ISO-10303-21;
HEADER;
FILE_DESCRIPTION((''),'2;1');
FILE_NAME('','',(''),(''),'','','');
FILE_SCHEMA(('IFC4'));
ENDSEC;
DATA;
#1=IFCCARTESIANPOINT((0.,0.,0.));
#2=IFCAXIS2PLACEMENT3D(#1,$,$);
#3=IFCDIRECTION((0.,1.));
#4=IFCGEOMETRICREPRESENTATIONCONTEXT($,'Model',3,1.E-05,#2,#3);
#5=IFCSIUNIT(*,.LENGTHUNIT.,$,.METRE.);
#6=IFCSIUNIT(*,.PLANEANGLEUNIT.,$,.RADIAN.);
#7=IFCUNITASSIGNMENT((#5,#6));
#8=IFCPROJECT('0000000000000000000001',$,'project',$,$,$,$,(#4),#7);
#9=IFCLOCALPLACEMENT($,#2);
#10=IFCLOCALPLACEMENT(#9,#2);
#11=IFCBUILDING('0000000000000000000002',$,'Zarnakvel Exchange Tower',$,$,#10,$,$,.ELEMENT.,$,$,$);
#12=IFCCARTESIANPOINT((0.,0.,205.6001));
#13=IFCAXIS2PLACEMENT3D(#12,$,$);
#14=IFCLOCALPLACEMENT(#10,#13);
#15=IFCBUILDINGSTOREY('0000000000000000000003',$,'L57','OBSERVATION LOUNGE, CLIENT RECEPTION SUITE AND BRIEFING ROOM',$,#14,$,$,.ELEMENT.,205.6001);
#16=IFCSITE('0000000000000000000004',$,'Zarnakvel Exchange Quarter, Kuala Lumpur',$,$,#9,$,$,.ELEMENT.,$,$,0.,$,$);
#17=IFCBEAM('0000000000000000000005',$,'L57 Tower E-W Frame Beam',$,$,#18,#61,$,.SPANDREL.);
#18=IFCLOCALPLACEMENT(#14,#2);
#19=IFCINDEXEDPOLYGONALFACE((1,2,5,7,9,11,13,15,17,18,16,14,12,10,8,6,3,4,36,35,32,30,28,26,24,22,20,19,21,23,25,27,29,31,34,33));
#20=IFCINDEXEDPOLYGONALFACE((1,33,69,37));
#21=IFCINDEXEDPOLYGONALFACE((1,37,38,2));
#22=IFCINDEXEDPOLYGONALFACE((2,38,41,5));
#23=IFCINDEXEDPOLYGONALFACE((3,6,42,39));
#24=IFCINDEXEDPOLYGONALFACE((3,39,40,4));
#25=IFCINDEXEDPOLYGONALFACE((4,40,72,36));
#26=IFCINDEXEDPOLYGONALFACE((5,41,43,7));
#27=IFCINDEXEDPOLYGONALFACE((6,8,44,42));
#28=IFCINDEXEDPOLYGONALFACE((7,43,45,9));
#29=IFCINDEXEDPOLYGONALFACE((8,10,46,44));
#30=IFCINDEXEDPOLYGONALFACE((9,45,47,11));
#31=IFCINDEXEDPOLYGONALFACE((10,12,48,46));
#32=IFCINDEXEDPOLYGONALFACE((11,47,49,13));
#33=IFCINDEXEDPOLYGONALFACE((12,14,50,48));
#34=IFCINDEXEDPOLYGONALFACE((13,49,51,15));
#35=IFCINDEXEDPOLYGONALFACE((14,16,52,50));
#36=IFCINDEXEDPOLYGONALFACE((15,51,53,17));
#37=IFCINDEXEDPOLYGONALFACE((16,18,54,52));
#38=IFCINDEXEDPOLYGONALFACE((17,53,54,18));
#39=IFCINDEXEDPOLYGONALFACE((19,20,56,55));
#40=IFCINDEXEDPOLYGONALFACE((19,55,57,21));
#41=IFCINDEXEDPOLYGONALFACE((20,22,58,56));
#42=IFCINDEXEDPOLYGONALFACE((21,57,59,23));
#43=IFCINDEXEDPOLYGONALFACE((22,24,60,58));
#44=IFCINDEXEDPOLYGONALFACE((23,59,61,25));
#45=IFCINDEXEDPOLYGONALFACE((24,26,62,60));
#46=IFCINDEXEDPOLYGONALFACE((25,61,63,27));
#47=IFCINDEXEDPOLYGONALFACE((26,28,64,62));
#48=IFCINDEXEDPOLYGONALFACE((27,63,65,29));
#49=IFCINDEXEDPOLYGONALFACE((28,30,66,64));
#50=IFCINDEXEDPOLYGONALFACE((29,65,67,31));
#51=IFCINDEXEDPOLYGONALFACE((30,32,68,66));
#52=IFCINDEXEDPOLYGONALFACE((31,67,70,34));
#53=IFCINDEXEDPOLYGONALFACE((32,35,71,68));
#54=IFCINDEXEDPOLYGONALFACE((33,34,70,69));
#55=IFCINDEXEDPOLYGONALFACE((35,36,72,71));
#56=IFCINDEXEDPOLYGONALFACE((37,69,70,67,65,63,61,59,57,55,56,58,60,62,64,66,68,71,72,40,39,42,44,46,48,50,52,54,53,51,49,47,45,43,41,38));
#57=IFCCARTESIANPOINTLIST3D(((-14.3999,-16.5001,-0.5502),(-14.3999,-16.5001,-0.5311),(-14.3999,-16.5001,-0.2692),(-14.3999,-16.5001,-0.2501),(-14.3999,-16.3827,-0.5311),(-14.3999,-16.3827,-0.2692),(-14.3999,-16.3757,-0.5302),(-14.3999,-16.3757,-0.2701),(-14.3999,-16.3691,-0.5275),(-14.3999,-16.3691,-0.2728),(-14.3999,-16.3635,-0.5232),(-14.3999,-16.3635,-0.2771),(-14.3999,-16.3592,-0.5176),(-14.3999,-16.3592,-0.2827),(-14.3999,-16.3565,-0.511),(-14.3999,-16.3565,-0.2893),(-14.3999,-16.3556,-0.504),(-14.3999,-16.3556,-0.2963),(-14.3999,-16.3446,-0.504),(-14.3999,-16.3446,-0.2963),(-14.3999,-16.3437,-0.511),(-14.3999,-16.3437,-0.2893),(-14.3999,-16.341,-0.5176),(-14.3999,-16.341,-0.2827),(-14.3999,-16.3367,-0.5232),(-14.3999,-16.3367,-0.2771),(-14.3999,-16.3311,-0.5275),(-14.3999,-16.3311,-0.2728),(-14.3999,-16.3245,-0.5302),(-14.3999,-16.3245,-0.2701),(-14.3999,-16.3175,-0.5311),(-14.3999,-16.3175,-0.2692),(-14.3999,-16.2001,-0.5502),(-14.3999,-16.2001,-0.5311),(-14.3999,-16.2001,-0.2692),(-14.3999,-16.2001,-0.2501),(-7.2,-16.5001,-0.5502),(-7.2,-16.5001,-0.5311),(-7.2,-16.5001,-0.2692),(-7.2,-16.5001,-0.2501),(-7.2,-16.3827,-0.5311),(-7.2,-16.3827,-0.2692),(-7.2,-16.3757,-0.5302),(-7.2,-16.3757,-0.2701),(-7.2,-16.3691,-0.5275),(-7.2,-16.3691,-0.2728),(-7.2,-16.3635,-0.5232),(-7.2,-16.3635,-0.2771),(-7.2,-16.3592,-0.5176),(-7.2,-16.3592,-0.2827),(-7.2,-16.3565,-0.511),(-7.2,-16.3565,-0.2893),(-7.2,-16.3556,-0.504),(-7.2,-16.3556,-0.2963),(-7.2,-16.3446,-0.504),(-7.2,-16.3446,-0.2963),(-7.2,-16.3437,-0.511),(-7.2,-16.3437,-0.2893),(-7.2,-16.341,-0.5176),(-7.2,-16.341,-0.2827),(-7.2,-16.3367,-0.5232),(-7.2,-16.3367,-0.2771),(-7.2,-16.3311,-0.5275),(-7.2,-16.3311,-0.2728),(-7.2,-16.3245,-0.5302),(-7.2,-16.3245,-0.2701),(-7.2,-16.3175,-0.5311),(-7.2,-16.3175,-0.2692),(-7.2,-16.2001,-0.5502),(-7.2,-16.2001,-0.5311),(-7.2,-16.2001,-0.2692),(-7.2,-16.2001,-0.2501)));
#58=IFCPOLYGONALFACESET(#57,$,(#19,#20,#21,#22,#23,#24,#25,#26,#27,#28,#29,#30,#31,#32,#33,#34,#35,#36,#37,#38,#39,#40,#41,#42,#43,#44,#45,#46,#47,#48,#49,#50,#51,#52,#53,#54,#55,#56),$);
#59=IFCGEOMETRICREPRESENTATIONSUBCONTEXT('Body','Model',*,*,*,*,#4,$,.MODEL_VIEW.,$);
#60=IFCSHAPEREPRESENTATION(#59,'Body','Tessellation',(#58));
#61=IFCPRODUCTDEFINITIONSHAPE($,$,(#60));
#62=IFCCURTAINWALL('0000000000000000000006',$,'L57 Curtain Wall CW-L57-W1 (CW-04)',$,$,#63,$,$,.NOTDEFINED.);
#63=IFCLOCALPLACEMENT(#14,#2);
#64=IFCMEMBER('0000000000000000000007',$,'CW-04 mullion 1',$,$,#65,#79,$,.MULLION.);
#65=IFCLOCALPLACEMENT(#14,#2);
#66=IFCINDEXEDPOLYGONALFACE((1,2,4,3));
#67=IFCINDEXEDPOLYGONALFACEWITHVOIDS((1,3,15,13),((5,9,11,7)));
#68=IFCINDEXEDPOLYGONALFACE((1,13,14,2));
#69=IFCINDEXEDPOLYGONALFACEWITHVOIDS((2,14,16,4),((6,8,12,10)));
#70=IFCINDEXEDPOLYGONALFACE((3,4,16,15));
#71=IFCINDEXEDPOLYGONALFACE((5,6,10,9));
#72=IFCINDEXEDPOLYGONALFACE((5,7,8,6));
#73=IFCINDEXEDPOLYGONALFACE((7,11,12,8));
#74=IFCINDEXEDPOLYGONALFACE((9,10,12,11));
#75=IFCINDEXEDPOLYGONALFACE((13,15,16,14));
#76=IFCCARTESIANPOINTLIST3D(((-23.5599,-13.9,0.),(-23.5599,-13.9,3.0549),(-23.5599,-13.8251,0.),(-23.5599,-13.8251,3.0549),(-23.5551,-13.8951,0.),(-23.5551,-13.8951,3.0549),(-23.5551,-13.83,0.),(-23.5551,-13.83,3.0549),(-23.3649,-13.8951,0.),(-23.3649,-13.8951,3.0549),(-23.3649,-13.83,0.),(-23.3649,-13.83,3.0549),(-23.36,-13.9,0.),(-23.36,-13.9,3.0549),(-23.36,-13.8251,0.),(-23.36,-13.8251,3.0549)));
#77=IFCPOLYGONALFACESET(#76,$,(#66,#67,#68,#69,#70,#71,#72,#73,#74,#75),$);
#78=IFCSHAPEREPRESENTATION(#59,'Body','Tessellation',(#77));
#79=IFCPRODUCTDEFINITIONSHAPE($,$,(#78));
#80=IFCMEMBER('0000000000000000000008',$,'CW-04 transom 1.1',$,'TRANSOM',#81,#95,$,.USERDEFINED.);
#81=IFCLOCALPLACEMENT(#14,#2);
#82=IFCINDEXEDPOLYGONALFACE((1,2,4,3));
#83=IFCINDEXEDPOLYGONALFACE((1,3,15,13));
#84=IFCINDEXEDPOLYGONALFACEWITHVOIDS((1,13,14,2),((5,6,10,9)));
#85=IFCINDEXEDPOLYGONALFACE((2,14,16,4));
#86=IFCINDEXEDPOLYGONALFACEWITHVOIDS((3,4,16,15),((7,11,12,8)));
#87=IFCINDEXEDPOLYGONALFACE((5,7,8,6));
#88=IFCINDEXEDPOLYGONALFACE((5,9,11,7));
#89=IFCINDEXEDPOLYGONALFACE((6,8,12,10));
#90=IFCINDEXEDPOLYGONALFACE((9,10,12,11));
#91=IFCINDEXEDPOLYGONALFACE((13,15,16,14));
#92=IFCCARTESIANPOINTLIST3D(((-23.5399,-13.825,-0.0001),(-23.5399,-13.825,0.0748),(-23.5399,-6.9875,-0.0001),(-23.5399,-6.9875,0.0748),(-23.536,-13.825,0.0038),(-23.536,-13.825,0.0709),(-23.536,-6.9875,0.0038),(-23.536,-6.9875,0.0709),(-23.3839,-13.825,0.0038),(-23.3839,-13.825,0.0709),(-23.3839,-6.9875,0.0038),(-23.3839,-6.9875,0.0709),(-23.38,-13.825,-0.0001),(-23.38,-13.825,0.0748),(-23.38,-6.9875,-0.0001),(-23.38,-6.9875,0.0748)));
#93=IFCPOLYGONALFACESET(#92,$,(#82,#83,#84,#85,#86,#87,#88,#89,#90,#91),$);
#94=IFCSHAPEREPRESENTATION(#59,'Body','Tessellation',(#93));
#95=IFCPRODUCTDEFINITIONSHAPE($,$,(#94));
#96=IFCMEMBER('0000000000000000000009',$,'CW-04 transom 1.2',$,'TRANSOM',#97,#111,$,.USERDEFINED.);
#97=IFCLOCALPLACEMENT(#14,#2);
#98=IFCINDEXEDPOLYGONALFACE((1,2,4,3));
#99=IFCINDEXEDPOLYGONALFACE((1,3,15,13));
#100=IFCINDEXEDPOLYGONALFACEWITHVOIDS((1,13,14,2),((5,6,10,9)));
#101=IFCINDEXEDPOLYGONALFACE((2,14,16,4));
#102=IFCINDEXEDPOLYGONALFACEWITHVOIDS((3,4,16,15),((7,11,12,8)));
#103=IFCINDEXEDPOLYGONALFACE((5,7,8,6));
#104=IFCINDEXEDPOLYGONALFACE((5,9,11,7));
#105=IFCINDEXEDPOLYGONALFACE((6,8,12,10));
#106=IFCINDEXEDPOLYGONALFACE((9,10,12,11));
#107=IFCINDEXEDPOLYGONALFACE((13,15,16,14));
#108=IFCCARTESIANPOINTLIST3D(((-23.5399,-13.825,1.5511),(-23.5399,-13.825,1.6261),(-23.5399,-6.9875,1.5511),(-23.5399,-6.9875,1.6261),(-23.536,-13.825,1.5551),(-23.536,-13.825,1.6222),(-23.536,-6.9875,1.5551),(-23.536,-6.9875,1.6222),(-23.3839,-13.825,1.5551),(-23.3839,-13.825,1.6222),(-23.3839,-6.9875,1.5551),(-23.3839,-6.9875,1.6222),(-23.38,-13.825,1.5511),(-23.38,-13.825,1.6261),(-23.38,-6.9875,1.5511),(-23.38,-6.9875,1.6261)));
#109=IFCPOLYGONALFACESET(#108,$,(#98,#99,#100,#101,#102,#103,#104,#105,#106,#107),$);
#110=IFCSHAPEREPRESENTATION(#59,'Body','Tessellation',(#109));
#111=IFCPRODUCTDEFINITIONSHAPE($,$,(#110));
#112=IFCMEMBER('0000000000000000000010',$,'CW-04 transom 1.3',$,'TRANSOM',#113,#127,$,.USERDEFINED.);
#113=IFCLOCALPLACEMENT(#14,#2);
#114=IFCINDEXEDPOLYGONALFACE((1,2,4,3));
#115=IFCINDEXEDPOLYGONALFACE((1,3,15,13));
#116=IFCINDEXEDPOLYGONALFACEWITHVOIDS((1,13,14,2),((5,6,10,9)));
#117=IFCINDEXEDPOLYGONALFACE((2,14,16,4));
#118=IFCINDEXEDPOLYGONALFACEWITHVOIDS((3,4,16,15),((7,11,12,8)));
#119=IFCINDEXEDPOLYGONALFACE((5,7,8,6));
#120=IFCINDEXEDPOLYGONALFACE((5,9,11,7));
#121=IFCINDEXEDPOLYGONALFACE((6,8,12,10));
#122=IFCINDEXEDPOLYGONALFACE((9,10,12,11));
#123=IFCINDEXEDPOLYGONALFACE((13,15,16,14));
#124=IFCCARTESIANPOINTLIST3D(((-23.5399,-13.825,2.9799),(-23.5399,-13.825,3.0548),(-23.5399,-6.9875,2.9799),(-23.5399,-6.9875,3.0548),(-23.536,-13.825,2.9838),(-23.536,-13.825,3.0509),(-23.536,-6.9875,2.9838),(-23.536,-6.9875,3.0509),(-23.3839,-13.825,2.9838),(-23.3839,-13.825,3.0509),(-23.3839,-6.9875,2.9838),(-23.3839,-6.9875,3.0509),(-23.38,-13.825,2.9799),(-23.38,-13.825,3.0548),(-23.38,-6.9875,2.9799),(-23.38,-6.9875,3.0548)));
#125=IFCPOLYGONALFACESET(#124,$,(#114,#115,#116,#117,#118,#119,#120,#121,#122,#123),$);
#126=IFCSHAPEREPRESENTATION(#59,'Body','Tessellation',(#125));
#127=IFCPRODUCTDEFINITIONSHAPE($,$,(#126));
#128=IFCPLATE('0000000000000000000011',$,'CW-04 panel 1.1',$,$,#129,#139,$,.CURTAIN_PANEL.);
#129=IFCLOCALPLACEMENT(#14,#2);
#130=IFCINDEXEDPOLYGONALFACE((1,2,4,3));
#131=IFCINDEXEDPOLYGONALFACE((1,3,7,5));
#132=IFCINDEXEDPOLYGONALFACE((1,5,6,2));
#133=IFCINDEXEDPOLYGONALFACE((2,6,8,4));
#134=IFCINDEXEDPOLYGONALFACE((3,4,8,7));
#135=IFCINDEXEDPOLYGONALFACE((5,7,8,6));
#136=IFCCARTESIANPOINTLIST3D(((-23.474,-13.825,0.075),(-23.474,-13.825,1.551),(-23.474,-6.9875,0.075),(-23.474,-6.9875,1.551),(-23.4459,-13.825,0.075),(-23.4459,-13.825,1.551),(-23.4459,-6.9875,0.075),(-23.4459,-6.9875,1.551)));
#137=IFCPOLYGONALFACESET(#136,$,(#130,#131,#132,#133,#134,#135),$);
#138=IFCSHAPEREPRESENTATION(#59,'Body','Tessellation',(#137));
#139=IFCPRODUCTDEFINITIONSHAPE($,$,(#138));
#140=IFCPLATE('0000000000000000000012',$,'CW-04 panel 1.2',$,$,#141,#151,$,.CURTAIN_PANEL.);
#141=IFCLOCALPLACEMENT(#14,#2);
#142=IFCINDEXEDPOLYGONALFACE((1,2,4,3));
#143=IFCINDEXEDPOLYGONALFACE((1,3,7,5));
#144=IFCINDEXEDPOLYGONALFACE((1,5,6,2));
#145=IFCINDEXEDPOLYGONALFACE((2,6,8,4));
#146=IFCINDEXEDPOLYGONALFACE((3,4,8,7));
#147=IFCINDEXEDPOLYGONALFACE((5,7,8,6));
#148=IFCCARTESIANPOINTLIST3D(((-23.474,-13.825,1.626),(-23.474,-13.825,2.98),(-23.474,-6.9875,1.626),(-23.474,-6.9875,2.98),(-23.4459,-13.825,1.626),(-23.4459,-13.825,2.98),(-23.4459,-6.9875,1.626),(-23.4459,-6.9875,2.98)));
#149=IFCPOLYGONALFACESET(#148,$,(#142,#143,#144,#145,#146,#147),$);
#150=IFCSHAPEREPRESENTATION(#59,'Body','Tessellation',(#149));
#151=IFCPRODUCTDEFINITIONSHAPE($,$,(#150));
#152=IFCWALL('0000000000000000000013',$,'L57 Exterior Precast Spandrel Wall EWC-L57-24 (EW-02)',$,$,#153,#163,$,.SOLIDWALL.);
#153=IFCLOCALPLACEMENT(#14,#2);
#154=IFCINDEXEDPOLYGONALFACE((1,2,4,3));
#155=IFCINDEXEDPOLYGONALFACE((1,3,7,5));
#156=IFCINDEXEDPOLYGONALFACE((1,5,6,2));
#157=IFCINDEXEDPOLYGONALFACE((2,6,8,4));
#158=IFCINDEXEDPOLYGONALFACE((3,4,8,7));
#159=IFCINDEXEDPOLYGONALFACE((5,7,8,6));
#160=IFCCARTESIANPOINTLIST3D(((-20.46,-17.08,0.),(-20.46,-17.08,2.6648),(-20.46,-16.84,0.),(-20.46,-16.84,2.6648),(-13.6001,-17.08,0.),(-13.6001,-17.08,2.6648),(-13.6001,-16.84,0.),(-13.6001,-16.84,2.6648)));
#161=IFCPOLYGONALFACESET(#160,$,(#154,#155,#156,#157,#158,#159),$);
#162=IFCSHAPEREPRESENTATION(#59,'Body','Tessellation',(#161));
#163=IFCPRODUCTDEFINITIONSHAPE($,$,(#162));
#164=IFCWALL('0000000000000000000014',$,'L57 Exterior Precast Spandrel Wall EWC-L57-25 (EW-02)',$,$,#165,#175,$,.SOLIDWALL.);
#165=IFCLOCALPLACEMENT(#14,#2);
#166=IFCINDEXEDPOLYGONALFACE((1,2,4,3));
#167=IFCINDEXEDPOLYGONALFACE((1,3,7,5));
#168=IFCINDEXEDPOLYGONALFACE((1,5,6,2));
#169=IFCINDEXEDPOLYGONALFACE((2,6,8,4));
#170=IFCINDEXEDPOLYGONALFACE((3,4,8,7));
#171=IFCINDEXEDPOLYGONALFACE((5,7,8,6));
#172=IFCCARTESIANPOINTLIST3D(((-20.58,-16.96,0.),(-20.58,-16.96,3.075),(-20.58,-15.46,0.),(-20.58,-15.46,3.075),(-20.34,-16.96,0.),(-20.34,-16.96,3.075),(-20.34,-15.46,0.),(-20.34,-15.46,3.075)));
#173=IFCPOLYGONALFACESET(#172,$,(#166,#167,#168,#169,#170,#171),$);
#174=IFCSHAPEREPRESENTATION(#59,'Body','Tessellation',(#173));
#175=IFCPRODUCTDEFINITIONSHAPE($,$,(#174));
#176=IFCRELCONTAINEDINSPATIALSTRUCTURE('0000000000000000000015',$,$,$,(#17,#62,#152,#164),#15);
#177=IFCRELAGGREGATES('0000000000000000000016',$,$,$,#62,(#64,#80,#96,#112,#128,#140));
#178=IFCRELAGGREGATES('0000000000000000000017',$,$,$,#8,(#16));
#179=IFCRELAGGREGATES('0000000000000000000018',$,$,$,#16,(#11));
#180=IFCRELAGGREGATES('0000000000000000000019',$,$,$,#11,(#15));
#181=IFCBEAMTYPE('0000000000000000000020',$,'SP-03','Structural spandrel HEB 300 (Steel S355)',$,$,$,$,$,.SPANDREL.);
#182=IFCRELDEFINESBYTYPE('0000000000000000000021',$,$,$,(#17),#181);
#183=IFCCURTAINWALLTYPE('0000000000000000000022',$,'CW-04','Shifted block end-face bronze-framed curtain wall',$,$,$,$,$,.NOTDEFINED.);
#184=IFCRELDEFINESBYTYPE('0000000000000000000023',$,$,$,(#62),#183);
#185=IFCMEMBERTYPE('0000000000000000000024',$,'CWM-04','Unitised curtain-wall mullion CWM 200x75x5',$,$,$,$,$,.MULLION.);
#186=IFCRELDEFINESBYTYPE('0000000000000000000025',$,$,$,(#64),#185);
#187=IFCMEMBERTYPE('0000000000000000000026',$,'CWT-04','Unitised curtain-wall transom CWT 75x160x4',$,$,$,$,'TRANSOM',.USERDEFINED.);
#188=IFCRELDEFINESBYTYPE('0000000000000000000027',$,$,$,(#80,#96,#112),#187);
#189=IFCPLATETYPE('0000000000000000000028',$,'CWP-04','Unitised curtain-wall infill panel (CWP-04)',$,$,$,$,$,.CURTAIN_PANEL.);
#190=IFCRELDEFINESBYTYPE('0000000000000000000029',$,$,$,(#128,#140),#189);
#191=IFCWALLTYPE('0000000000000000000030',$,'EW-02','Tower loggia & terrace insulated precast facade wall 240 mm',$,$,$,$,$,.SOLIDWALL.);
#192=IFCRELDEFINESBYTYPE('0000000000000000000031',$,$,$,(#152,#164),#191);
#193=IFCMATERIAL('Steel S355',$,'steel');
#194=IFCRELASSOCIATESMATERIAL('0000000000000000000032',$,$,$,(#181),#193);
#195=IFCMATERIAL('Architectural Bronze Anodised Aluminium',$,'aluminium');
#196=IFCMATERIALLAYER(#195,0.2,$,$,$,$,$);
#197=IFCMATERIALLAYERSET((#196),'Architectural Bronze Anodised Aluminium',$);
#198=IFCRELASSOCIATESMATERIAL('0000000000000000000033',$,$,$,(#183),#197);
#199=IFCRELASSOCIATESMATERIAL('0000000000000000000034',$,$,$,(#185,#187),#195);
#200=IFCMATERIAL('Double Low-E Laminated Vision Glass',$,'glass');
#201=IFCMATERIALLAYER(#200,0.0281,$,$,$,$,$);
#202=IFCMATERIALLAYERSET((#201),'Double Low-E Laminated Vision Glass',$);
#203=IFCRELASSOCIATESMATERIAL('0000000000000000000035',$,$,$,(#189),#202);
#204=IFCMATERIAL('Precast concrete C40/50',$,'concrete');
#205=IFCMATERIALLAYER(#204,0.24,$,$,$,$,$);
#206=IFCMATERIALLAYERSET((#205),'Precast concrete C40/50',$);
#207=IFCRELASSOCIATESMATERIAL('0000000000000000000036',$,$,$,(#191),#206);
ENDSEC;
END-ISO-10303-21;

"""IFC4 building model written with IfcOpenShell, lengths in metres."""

from ifc_helpers import new_model, si_unit, direction, frame, frame_2d, origin, origin_2d, place, context, subcontext, project, spatial, rectangle, hollow_rectangle, i_section, extrude, source, transform, mapped, material, layer, layer_set, material_profile, profile_set, type_object, element, aggregate, save


model = new_model("IFC4")

# Units and contexts
model_context = context("Model", 3, precision=1e-05, world=origin(), true_north=direction((0.0, 1.0)))
body_context = subcontext(model_context, "Body", "Model", "MODEL_VIEW")
ifc_project = project(units=[si_unit("LENGTHUNIT", "METRE"), si_unit("PLANEANGLEUNIT", "RADIAN")], contexts=[model_context])

# Site, building, storey
site_placement = place(None, origin())
site = spatial("IfcSite", under=ifc_project, at=site_placement, Name="Zarnakvel Exchange Quarter, Kuala Lumpur", CompositionType="ELEMENT", RefElevation=0.0)
building_placement = place(site_placement, origin())
building = spatial("IfcBuilding", under=site, at=building_placement, Name="Zarnakvel Exchange Tower", CompositionType="ELEMENT")
storey_placement = place(building_placement, frame((0.0, 0.0, 205.6001)))
storey = spatial("IfcBuildingStorey", under=building, at=storey_placement, Name="L57", Description="OBSERVATION LOUNGE, CLIENT RECEPTION SUITE AND BRIEFING ROOM", CompositionType="ELEMENT", Elevation=205.6001)

# Beam
ifc_material_1 = material(Name="Steel S355", Category="steel")
ifc_material_profile_1 = material_profile(ifc_material_1, i_section(OverallWidth=0.3, OverallDepth=0.3, WebThickness=0.011, FlangeThickness=0.019, FilletRadius=0.0271, at=origin_2d()))
ifc_profile_set_1 = profile_set([ifc_material_profile_1], Name="Steel S355")
beam_type_1 = type_object("IfcBeamType", Name="SP-03", Description="Structural spandrel HEB 300 (Steel S355)", PredefinedType="SPANDREL", material=ifc_profile_set_1)
beam_1_placement = place(storey_placement, frame((-14.3999, -16.3501, -0.4001), z_axis=(1.0, 0.0, 0.0), x_axis=(0.0, 1.0, 0.0)))
element("IfcBeam", 1, at=beam_1_placement, inside=storey, type_object=beam_type_1, Name="L57 Tower E-W Frame Beam", PredefinedType="SPANDREL", context=body_context, shape_type="SweptSolid", body=[
    extrude(i_section(OverallWidth=0.3, OverallDepth=0.3, WebThickness=0.011, FlangeThickness=0.019, FilletRadius=0.0271, at=origin_2d()), origin(), (0.0, 0.0, 1.0), 7.2),
])

# Curtain wall, members, plates
ifc_material_2 = material(Name="Architectural Bronze Anodised Aluminium", Category="aluminium")
ifc_layer_1 = layer(ifc_material_2, 0.2)
ifc_layer_set_1 = layer_set([ifc_layer_1], Name="Architectural Bronze Anodised Aluminium")
curtain_wall_type = type_object("IfcCurtainWallType", Name="CW-04", Description="Shifted block end-face bronze-framed curtain wall", PredefinedType="NOTDEFINED", material=ifc_layer_set_1)
curtain_wall_placement = place(storey_placement, origin())
curtain_wall = element("IfcCurtainWall", 2, at=curtain_wall_placement, inside=storey, type_object=curtain_wall_type, Name="L57 Curtain Wall CW-L57-W1 (CW-04)", PredefinedType="NOTDEFINED")
ifc_material_profile_2 = material_profile(ifc_material_2, hollow_rectangle(XDim=0.2, YDim=0.075, WallThickness=0.0049, at=origin_2d()))
ifc_profile_set_2 = profile_set([ifc_material_profile_2], Name="Architectural Bronze Anodised Aluminium")
member_type_1 = type_object("IfcMemberType", Name="CWM-04", Description="Unitised curtain-wall mullion CWM 200x75x5", PredefinedType="MULLION", material=ifc_profile_set_2)
shared_shape_1 = source(origin(), body_context, "Body", "SweptSolid", [
    extrude(hollow_rectangle(XDim=0.2, YDim=0.075, WallThickness=0.0049, at=origin_2d()), origin(), (0.0, 0.0, 1.0), 3.0549),
])
member_1_placement = place(storey_placement, frame((-23.46, -13.8625, 0.0), z_axis=(0.0, 0.0, 1.0), x_axis=(-1.0, 0.0, 0.0)))
member_1 = element("IfcMember", 3, at=member_1_placement, type_object=member_type_1, Name="CW-04 mullion 1", PredefinedType="MULLION", context=body_context, shape_type="MappedRepresentation", body=[
    mapped(shared_shape_1, transform((0.0, 0.0, 0.0), x_axis=(1.0, 0.0, 0.0), y_axis=(0.0, 1.0, 0.0), z_axis=(0.0, 0.0, 1.0), scale=1.0)),
])
ifc_material_profile_3 = material_profile(ifc_material_2, hollow_rectangle(XDim=0.1599, YDim=0.075, WallThickness=0.0039, at=origin_2d()))
ifc_profile_set_3 = profile_set([ifc_material_profile_3], Name="Architectural Bronze Anodised Aluminium")
member_type_2 = type_object("IfcMemberType", Name="CWT-04", Description="Unitised curtain-wall transom CWT 75x160x4", ElementType="TRANSOM", PredefinedType="USERDEFINED", material=ifc_profile_set_3)
shared_shape_2 = source(origin(), body_context, "Body", "SweptSolid", [
    extrude(hollow_rectangle(XDim=0.1599, YDim=0.075, WallThickness=0.0039, at=origin_2d()), origin(), (0.0, 0.0, 1.0), 6.8374),
])
member_2_placement = place(storey_placement, frame((-23.46, -13.825, 0.0374), z_axis=(0.0, 1.0, 0.0), x_axis=(-1.0, 0.0, 0.0)))
member_2 = element("IfcMember", 4, at=member_2_placement, type_object=member_type_2, Name="CW-04 transom 1.1", ObjectType="TRANSOM", PredefinedType="USERDEFINED", context=body_context, shape_type="MappedRepresentation", body=[
    mapped(shared_shape_2, transform((0.0, 0.0, 0.0), x_axis=(1.0, 0.0, 0.0), y_axis=(0.0, 1.0, 0.0), z_axis=(0.0, 0.0, 1.0), scale=1.0)),
])
member_3_placement = place(storey_placement, frame((-23.46, -13.825, 1.5886), z_axis=(0.0, 1.0, 0.0), x_axis=(-1.0, 0.0, 0.0)))
member_3 = element("IfcMember", 5, at=member_3_placement, type_object=member_type_2, Name="CW-04 transom 1.2", ObjectType="TRANSOM", PredefinedType="USERDEFINED", context=body_context, shape_type="MappedRepresentation", body=[
    mapped(shared_shape_2, transform((0.0, 0.0, 0.0), x_axis=(1.0, 0.0, 0.0), y_axis=(0.0, 1.0, 0.0), z_axis=(0.0, 0.0, 1.0), scale=1.0)),
])
member_4_placement = place(storey_placement, frame((-23.46, -13.825, 3.0173), z_axis=(0.0, 1.0, 0.0), x_axis=(-1.0, 0.0, 0.0)))
member_4 = element("IfcMember", 6, at=member_4_placement, type_object=member_type_2, Name="CW-04 transom 1.3", ObjectType="TRANSOM", PredefinedType="USERDEFINED", context=body_context, shape_type="MappedRepresentation", body=[
    mapped(shared_shape_2, transform((0.0, 0.0, 0.0), x_axis=(1.0, 0.0, 0.0), y_axis=(0.0, 1.0, 0.0), z_axis=(0.0, 0.0, 1.0), scale=1.0)),
])
ifc_material_3 = material(Name="Double Low-E Laminated Vision Glass", Category="glass")
ifc_layer_2 = layer(ifc_material_3, 0.0281)
ifc_layer_set_2 = layer_set([ifc_layer_2], Name="Double Low-E Laminated Vision Glass")
plate_type = type_object("IfcPlateType", Name="CWP-04", Description="Unitised curtain-wall infill panel (CWP-04)", PredefinedType="CURTAIN_PANEL", material=ifc_layer_set_2)
shared_shape_3 = source(origin(), body_context, "Body", "SweptSolid", [
    extrude(rectangle(XDim=6.8374, YDim=0.0281, at=origin_2d()), origin(), (0.0, 0.0, 1.0), 1.4761),
])
plate_1_placement = place(storey_placement, frame((-23.46, -10.4062, 0.075), z_axis=(0.0, 0.0, 1.0), x_axis=(0.0, 1.0, 0.0)))
plate_1 = element("IfcPlate", 7, at=plate_1_placement, type_object=plate_type, Name="CW-04 panel 1.1", PredefinedType="CURTAIN_PANEL", context=body_context, shape_type="MappedRepresentation", body=[
    mapped(shared_shape_3, transform((0.0, 0.0, 0.0), x_axis=(1.0, 0.0, 0.0), y_axis=(0.0, 1.0, 0.0), z_axis=(0.0, 0.0, 1.0), scale=1.0)),
])
shared_shape_4 = source(origin(), body_context, "Body", "SweptSolid", [
    extrude(rectangle(XDim=6.8374, YDim=0.0281, at=origin_2d()), origin(), (0.0, 0.0, 1.0), 1.354),
])
plate_2_placement = place(storey_placement, frame((-23.46, -10.4062, 1.626), z_axis=(0.0, 0.0, 1.0), x_axis=(0.0, 1.0, 0.0)))
plate_2 = element("IfcPlate", 8, at=plate_2_placement, type_object=plate_type, Name="CW-04 panel 1.2", PredefinedType="CURTAIN_PANEL", context=body_context, shape_type="MappedRepresentation", body=[
    mapped(shared_shape_4, transform((0.0, 0.0, 0.0), x_axis=(1.0, 0.0, 0.0), y_axis=(0.0, 1.0, 0.0), z_axis=(0.0, 0.0, 1.0), scale=1.0)),
])
aggregate(curtain_wall, [member_1, member_2, member_3, member_4, plate_1, plate_2])

# Walls
ifc_material_4 = material(Name="Precast concrete C40/50", Category="concrete")
ifc_layer_3 = layer(ifc_material_4, 0.24)
ifc_layer_set_3 = layer_set([ifc_layer_3], Name="Precast concrete C40/50")
wall_type_1 = type_object("IfcWallType", Name="EW-02", Description="Tower loggia & terrace insulated precast facade wall 240 mm", PredefinedType="SOLIDWALL", material=ifc_layer_set_3)
wall_1_placement = place(storey_placement, frame((-20.46, -16.96, 0.0), z_axis=(0.0, 0.0, 1.0), x_axis=(1.0, 0.0, 0.0)))
element("IfcWall", 9, at=wall_1_placement, inside=storey, type_object=wall_type_1, Name="L57 Exterior Precast Spandrel Wall EWC-L57-24 (EW-02)", PredefinedType="SOLIDWALL", context=body_context, shape_type="SweptSolid", body=[
    extrude(rectangle(XDim=6.8599, YDim=0.24, at=frame_2d((3.4299, 0.0))), origin(), (0.0, 0.0, 1.0), 2.6648),
])
for number, where, z_axis, x_axis, name in (
    (10, (-20.46, -15.46, 0.0), (0.0, 0.0, 1.0), (0.0, -1.0, 0.0), "L57 Exterior Precast Spandrel Wall EWC-L57-25 (EW-02)"),
):
    element("IfcWall", number, at=place(storey_placement, frame(where, z_axis=z_axis, x_axis=x_axis)), inside=storey, type_object=wall_type_1, Name=name, PredefinedType="SOLIDWALL", context=body_context, shape_type="SweptSolid", body=[
        extrude(rectangle(XDim=1.5, YDim=0.24, at=frame_2d((0.75, 0.0))), origin(), (0.0, 0.0, 1.0), 3.075),
    ])

save(model, "model.ifc")
